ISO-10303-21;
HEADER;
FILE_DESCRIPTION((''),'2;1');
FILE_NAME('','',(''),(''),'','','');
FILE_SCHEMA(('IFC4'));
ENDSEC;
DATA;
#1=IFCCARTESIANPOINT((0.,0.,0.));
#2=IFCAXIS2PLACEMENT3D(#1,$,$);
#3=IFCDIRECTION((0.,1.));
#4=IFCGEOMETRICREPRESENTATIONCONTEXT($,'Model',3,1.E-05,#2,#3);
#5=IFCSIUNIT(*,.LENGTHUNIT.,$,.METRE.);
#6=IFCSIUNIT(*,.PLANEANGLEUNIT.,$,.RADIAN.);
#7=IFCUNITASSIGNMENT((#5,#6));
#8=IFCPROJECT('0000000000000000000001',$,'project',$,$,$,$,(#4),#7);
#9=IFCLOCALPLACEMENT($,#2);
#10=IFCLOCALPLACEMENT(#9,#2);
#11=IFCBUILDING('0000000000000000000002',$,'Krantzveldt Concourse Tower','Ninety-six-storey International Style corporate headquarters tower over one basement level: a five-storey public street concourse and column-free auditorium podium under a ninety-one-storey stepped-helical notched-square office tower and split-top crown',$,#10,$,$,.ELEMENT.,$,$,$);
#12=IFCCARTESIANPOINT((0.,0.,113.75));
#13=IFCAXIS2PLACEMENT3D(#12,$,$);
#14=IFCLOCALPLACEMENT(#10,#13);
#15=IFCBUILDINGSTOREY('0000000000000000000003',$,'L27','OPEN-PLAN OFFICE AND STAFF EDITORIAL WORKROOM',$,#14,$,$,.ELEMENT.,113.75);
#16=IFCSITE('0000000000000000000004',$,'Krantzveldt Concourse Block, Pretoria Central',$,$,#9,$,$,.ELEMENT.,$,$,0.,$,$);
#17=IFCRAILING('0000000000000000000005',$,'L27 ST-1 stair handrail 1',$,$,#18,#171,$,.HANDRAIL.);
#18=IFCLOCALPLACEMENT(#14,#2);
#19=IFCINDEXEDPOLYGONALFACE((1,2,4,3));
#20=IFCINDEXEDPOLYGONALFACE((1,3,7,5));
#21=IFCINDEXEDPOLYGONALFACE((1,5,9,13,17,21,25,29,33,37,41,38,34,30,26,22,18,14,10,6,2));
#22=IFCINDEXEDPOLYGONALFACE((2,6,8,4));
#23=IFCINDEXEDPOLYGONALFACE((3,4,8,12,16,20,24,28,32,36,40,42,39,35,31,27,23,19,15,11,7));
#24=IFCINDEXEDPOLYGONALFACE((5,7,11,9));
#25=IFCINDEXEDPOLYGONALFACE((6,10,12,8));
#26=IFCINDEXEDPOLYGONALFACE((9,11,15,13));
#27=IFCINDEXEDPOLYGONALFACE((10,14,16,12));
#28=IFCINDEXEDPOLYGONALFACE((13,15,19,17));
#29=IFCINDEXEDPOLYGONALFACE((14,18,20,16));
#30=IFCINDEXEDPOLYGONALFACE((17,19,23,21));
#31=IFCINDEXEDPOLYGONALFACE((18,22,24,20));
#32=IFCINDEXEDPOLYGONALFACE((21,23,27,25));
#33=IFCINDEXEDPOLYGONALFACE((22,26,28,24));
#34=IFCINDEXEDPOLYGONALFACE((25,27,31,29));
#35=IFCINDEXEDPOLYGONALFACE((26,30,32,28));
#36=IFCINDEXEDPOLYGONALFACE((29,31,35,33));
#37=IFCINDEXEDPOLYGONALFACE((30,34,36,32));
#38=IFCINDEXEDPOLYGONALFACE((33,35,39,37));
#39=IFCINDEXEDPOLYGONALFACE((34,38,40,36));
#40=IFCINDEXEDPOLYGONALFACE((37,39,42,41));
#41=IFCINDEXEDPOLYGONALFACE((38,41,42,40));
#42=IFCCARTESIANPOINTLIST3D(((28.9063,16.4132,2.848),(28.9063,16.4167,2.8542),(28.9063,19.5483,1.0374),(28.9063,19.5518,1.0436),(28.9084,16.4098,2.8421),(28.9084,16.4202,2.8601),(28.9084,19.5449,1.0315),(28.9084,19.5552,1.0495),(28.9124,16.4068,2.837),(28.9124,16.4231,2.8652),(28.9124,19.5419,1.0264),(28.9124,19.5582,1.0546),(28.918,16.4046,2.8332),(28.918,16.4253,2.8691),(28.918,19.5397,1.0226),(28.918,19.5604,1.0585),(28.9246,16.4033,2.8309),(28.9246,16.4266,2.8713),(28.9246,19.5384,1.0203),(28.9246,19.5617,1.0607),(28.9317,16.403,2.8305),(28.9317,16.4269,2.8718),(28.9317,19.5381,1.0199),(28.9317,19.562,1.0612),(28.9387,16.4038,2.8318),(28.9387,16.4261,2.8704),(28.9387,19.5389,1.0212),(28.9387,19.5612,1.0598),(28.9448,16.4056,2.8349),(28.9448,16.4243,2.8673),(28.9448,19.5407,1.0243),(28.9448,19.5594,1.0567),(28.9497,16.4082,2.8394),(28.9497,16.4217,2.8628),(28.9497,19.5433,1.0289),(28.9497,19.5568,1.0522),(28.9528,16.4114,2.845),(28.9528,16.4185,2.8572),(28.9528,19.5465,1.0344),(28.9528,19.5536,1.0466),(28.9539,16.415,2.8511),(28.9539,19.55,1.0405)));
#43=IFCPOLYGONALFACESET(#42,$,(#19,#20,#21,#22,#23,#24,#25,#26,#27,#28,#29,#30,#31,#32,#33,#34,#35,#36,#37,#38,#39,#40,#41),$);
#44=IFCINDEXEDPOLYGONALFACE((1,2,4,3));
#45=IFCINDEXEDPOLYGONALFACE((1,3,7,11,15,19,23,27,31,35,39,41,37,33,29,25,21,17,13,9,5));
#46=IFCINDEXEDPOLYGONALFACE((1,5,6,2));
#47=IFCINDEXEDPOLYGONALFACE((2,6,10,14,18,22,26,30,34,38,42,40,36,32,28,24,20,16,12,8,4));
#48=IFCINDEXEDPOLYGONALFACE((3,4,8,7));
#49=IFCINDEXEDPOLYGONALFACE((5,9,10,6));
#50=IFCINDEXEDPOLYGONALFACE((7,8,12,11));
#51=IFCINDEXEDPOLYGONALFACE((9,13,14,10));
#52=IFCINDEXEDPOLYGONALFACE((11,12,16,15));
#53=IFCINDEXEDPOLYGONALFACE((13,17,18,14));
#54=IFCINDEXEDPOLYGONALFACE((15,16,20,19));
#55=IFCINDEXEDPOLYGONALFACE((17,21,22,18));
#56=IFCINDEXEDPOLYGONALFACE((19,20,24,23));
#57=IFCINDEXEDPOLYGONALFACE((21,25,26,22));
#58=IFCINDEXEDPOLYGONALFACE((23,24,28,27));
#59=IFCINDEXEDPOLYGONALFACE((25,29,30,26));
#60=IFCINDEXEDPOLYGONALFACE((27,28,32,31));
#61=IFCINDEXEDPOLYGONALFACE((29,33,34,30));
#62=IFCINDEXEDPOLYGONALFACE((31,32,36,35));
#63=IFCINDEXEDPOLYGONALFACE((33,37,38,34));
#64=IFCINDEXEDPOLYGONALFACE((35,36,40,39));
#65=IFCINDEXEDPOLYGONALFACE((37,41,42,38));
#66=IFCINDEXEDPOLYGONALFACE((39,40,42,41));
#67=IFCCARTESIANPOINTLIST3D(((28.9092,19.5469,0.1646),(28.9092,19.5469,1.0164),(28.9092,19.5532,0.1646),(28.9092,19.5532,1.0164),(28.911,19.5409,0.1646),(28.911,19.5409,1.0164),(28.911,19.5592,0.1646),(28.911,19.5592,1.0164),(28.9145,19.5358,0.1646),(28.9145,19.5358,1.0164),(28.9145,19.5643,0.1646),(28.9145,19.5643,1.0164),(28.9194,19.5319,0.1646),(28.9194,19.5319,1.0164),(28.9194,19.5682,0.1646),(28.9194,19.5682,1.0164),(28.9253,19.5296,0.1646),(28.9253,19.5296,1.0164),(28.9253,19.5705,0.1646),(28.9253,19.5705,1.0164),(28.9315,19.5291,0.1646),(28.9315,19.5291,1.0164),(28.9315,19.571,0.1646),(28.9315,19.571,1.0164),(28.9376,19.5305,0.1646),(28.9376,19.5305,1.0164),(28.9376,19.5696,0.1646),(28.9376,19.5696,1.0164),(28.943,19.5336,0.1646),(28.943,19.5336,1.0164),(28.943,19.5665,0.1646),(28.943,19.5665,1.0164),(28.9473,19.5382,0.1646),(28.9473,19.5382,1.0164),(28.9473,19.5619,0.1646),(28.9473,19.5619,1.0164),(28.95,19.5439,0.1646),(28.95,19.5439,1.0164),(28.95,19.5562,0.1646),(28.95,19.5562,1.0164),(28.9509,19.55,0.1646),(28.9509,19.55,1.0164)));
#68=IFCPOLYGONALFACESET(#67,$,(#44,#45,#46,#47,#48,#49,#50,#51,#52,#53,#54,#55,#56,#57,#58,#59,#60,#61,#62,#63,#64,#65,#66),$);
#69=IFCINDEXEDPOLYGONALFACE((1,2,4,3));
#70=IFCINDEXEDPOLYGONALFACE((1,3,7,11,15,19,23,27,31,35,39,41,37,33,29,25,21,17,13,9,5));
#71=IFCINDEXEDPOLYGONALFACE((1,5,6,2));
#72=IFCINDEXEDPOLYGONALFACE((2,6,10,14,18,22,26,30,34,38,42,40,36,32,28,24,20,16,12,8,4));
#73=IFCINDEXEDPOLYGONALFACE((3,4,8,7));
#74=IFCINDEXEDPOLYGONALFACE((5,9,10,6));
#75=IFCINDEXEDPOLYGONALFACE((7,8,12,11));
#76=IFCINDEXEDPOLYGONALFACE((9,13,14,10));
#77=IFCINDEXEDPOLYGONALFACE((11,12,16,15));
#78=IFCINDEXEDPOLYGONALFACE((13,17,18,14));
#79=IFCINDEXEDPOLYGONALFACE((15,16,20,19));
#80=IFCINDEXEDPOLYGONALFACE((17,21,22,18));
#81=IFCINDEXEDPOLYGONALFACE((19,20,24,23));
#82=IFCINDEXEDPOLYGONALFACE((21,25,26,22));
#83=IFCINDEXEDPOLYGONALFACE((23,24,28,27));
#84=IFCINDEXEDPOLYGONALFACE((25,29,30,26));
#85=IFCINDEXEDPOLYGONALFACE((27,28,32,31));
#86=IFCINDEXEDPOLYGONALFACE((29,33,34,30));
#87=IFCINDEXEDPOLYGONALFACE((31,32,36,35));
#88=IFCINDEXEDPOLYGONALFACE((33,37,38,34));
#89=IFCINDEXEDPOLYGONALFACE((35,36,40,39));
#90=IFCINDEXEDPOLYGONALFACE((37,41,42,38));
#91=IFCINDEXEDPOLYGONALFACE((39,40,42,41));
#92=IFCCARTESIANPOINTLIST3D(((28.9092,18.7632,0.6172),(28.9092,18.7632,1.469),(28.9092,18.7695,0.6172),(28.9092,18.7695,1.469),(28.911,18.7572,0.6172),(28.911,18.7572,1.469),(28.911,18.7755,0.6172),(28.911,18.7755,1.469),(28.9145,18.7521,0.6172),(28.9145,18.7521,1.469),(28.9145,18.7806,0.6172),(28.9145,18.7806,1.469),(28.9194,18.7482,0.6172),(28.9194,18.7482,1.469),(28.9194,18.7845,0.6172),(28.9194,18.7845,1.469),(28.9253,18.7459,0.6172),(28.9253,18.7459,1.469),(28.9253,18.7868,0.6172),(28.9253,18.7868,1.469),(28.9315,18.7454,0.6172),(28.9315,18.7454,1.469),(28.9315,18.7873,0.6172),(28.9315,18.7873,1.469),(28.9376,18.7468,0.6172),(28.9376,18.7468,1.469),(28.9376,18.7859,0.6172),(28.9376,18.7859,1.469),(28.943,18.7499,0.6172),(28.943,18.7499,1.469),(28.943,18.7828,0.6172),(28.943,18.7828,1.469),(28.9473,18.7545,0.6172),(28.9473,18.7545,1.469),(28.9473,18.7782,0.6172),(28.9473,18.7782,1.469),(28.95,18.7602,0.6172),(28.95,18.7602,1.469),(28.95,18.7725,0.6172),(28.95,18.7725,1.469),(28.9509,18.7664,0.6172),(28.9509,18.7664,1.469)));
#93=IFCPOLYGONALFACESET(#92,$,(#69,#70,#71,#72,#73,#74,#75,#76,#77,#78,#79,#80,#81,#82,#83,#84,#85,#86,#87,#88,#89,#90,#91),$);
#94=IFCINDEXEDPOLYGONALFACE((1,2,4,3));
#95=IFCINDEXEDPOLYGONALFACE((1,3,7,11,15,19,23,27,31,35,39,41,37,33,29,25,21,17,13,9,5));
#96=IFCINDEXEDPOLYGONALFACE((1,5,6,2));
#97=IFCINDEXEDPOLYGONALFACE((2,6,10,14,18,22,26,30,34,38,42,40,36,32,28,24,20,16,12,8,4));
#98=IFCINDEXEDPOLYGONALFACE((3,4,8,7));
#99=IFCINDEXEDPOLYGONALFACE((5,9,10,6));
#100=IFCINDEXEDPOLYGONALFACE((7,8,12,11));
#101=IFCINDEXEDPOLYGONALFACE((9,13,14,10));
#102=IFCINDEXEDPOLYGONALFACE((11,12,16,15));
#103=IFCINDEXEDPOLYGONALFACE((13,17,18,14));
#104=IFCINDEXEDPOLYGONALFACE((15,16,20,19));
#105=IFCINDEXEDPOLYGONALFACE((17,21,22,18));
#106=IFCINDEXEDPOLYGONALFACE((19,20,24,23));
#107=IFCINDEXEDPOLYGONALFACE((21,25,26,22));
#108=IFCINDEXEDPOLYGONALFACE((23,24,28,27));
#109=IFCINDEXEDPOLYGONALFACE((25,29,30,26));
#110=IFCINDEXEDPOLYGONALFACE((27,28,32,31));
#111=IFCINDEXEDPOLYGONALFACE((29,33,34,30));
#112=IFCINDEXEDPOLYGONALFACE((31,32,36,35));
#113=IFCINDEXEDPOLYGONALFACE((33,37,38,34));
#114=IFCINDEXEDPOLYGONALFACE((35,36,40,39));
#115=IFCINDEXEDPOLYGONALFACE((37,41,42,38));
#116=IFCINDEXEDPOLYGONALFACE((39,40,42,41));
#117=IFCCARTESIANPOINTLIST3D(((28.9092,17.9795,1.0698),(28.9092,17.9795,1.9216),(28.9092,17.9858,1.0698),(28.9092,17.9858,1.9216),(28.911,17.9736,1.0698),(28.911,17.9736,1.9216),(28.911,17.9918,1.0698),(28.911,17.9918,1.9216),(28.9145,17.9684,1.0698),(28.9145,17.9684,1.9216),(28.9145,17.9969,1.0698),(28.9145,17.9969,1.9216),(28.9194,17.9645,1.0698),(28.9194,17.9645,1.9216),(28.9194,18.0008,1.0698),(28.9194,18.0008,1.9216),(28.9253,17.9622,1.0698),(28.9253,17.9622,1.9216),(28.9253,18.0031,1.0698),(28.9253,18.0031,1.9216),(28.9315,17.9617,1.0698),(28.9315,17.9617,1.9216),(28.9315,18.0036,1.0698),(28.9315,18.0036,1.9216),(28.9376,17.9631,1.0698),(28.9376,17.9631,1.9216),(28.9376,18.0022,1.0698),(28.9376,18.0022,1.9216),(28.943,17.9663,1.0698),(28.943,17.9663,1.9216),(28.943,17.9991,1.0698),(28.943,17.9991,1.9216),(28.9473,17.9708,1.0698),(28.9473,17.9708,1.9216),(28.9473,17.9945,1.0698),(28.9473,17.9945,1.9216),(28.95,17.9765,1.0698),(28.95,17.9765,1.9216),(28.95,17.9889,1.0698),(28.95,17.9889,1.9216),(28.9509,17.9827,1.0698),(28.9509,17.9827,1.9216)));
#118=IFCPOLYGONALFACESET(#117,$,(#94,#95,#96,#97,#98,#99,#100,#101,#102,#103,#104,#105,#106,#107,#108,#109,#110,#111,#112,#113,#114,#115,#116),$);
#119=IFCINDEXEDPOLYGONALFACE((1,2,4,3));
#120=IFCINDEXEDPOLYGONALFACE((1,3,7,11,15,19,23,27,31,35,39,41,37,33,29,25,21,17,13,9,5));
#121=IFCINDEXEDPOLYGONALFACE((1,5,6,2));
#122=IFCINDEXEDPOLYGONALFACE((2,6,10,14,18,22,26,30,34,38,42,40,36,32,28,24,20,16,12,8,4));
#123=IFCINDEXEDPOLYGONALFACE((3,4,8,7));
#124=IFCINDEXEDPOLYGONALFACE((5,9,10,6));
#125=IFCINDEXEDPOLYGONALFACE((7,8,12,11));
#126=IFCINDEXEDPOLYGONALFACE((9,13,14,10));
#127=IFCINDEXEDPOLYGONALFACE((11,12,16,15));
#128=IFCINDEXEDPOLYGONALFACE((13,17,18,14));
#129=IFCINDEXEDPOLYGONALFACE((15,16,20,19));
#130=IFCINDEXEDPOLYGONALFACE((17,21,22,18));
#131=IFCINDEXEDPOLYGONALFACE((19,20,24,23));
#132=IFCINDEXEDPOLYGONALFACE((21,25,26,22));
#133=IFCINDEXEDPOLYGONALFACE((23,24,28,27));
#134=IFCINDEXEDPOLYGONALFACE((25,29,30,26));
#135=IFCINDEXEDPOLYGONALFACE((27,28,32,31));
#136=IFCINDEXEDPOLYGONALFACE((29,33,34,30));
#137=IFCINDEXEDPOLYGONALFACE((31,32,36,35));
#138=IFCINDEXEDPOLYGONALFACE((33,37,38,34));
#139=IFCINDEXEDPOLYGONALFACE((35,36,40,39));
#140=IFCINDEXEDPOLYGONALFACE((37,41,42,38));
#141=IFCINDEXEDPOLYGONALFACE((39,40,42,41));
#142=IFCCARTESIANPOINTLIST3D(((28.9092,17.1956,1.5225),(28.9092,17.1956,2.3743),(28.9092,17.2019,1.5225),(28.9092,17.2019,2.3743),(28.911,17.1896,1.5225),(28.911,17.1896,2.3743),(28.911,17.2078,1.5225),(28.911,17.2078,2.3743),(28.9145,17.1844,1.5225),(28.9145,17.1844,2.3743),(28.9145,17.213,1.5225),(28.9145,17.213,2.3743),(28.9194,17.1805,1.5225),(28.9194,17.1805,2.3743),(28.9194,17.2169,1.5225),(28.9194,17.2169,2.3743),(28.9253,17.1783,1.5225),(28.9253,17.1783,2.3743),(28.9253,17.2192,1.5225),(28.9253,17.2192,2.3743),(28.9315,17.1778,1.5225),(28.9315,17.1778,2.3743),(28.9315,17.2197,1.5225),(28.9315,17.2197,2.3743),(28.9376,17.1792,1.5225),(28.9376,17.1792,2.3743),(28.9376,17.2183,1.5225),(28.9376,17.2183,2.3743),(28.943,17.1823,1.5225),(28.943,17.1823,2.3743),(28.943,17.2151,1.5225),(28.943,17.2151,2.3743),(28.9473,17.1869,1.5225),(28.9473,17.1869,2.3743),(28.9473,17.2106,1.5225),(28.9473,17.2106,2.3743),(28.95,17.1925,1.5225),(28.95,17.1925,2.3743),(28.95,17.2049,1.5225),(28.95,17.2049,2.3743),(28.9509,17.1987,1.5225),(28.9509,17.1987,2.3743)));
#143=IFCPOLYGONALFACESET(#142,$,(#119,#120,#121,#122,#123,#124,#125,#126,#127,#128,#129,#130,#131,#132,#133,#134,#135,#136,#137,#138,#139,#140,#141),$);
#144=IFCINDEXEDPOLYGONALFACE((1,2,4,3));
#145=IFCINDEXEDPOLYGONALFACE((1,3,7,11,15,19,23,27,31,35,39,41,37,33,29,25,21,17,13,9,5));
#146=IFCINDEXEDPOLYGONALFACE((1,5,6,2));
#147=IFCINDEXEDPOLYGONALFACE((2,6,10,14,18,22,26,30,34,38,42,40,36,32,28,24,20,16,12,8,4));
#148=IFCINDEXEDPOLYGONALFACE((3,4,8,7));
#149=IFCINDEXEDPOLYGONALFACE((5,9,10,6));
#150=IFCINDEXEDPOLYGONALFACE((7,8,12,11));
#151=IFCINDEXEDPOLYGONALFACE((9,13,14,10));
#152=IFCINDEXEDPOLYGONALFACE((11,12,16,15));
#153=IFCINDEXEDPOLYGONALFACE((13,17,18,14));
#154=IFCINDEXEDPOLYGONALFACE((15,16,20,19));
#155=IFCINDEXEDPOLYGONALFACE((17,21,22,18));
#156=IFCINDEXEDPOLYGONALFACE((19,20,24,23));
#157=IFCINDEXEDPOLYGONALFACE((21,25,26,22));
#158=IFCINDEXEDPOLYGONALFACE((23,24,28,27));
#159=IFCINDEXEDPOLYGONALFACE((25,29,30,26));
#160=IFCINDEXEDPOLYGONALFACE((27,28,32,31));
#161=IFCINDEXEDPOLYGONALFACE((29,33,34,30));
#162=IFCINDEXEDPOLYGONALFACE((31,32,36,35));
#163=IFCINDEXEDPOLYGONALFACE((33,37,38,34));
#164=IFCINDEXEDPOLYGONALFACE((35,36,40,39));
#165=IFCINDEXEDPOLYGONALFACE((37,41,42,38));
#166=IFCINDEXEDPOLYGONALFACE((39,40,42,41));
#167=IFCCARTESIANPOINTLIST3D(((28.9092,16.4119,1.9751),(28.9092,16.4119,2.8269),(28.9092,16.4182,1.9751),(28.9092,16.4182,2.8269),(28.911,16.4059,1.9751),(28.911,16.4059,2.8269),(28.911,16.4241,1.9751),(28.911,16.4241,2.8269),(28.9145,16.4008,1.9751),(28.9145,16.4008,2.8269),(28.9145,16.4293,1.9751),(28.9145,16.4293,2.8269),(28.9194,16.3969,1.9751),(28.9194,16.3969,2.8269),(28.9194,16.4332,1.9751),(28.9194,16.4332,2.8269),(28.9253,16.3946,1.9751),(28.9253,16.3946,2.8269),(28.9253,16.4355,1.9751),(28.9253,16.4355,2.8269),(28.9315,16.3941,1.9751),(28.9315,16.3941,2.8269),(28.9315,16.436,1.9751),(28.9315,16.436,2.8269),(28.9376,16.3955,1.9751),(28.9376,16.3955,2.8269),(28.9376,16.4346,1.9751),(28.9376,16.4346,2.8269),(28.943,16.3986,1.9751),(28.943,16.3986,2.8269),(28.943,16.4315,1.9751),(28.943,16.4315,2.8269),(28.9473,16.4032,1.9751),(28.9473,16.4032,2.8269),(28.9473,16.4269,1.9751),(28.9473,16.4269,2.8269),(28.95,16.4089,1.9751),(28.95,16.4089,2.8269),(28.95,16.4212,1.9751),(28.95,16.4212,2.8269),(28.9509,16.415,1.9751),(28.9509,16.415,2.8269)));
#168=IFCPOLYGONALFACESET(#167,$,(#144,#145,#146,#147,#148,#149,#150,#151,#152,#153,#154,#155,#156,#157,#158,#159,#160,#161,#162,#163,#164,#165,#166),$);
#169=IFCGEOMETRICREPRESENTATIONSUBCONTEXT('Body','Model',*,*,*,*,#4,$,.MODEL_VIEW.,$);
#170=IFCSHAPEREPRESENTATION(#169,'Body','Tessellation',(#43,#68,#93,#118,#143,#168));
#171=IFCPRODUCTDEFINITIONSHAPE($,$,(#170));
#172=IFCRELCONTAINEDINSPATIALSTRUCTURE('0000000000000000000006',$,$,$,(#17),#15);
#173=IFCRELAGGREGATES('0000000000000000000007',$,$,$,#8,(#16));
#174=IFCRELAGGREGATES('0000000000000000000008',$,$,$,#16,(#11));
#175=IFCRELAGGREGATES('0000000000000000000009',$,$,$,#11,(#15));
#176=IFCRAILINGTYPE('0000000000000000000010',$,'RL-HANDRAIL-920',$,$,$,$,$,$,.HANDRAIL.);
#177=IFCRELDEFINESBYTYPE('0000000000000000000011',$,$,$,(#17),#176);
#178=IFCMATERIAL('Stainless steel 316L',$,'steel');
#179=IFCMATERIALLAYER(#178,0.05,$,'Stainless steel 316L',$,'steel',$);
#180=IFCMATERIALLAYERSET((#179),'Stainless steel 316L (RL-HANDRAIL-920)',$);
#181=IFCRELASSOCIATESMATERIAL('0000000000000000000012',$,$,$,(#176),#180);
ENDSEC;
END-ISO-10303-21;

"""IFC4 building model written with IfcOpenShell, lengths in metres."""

from ifc_helpers import new_model, si_unit, direction, frame, origin, origin_2d, place, context, subcontext, project, spatial, circle, extrude, material, layer, layer_set, type_object, element, save


model = new_model("IFC4")

# Units and contexts
model_context = context("Model", 3, precision=1e-05, world=origin(), true_north=direction((0.0, 1.0)))
body_context = subcontext(model_context, "Body", "Model", "MODEL_VIEW")
ifc_project = project(units=[si_unit("LENGTHUNIT", "METRE"), si_unit("PLANEANGLEUNIT", "RADIAN")], contexts=[model_context])

# Site, building, storey
site_placement = place(None, origin())
site = spatial("IfcSite", under=ifc_project, at=site_placement, Name="Krantzveldt Concourse Block, Pretoria Central", CompositionType="ELEMENT", RefElevation=0.0)
building_placement = place(site_placement, origin())
building = spatial("IfcBuilding", under=site, at=building_placement, Name="Krantzveldt Concourse Tower", Description="Ninety-six-storey International Style corporate headquarters tower over one basement level: a five-storey public street concourse and column-free auditorium podium under a ninety-one-storey stepped-helical notched-square office tower and split-top crown", CompositionType="ELEMENT")
storey_placement = place(building_placement, frame((0.0, 0.0, 113.75)))
storey = spatial("IfcBuildingStorey", under=building, at=storey_placement, Name="L27", Description="OPEN-PLAN OFFICE AND STAFF EDITORIAL WORKROOM", CompositionType="ELEMENT", Elevation=113.75)

# Railing
ifc_material_1 = material(Name="Stainless steel 316L", Category="steel")
ifc_layer_1 = layer(ifc_material_1, 0.05, Name="Stainless steel 316L", Category="steel")
ifc_layer_set_1 = layer_set([ifc_layer_1], Name="Stainless steel 316L (RL-HANDRAIL-920)")
railing_type_1 = type_object("IfcRailingType", Name="RL-HANDRAIL-920", PredefinedType="HANDRAIL", material=ifc_layer_set_1)
railing_1_placement = place(storey_placement, frame((28.9299, 19.55, 0.1646)))
element("IfcRailing", 1, at=railing_1_placement, inside=storey, type_object=railing_type_1, Name="L27 ST-1 stair handrail 1", PredefinedType="HANDRAIL", context=body_context, shape_type="SweptSolid", body=[
    extrude(circle(Radius=0.0239, at=origin_2d()), frame((0.0, 0.0, 0.876), z_axis=(0.0, -0.86596, 0.500114), x_axis=(1.0, 0.0, 0.0)), (0.0, 0.0, 1.0), 3.6204),
    extrude(circle(Radius=0.021, at=origin_2d()), origin(), (0.0, 0.0, 1.0), 0.8518),
    extrude(circle(Radius=0.021, at=origin_2d()), frame((0.0, -0.7837, 0.4526)), (0.0, 0.0, 1.0), 0.8518),
    extrude(circle(Radius=0.021, at=origin_2d()), frame((0.0, -1.5674, 0.9053)), (0.0, 0.0, 1.0), 0.8518),
    extrude(circle(Radius=0.021, at=origin_2d()), frame((0.0, -2.3513, 1.3579)), (0.0, 0.0, 1.0), 0.8518),
    extrude(circle(Radius=0.021, at=origin_2d()), frame((0.0, -3.135, 1.8105)), (0.0, 0.0, 1.0), 0.8518),
])

save(model, "model.ifc")
